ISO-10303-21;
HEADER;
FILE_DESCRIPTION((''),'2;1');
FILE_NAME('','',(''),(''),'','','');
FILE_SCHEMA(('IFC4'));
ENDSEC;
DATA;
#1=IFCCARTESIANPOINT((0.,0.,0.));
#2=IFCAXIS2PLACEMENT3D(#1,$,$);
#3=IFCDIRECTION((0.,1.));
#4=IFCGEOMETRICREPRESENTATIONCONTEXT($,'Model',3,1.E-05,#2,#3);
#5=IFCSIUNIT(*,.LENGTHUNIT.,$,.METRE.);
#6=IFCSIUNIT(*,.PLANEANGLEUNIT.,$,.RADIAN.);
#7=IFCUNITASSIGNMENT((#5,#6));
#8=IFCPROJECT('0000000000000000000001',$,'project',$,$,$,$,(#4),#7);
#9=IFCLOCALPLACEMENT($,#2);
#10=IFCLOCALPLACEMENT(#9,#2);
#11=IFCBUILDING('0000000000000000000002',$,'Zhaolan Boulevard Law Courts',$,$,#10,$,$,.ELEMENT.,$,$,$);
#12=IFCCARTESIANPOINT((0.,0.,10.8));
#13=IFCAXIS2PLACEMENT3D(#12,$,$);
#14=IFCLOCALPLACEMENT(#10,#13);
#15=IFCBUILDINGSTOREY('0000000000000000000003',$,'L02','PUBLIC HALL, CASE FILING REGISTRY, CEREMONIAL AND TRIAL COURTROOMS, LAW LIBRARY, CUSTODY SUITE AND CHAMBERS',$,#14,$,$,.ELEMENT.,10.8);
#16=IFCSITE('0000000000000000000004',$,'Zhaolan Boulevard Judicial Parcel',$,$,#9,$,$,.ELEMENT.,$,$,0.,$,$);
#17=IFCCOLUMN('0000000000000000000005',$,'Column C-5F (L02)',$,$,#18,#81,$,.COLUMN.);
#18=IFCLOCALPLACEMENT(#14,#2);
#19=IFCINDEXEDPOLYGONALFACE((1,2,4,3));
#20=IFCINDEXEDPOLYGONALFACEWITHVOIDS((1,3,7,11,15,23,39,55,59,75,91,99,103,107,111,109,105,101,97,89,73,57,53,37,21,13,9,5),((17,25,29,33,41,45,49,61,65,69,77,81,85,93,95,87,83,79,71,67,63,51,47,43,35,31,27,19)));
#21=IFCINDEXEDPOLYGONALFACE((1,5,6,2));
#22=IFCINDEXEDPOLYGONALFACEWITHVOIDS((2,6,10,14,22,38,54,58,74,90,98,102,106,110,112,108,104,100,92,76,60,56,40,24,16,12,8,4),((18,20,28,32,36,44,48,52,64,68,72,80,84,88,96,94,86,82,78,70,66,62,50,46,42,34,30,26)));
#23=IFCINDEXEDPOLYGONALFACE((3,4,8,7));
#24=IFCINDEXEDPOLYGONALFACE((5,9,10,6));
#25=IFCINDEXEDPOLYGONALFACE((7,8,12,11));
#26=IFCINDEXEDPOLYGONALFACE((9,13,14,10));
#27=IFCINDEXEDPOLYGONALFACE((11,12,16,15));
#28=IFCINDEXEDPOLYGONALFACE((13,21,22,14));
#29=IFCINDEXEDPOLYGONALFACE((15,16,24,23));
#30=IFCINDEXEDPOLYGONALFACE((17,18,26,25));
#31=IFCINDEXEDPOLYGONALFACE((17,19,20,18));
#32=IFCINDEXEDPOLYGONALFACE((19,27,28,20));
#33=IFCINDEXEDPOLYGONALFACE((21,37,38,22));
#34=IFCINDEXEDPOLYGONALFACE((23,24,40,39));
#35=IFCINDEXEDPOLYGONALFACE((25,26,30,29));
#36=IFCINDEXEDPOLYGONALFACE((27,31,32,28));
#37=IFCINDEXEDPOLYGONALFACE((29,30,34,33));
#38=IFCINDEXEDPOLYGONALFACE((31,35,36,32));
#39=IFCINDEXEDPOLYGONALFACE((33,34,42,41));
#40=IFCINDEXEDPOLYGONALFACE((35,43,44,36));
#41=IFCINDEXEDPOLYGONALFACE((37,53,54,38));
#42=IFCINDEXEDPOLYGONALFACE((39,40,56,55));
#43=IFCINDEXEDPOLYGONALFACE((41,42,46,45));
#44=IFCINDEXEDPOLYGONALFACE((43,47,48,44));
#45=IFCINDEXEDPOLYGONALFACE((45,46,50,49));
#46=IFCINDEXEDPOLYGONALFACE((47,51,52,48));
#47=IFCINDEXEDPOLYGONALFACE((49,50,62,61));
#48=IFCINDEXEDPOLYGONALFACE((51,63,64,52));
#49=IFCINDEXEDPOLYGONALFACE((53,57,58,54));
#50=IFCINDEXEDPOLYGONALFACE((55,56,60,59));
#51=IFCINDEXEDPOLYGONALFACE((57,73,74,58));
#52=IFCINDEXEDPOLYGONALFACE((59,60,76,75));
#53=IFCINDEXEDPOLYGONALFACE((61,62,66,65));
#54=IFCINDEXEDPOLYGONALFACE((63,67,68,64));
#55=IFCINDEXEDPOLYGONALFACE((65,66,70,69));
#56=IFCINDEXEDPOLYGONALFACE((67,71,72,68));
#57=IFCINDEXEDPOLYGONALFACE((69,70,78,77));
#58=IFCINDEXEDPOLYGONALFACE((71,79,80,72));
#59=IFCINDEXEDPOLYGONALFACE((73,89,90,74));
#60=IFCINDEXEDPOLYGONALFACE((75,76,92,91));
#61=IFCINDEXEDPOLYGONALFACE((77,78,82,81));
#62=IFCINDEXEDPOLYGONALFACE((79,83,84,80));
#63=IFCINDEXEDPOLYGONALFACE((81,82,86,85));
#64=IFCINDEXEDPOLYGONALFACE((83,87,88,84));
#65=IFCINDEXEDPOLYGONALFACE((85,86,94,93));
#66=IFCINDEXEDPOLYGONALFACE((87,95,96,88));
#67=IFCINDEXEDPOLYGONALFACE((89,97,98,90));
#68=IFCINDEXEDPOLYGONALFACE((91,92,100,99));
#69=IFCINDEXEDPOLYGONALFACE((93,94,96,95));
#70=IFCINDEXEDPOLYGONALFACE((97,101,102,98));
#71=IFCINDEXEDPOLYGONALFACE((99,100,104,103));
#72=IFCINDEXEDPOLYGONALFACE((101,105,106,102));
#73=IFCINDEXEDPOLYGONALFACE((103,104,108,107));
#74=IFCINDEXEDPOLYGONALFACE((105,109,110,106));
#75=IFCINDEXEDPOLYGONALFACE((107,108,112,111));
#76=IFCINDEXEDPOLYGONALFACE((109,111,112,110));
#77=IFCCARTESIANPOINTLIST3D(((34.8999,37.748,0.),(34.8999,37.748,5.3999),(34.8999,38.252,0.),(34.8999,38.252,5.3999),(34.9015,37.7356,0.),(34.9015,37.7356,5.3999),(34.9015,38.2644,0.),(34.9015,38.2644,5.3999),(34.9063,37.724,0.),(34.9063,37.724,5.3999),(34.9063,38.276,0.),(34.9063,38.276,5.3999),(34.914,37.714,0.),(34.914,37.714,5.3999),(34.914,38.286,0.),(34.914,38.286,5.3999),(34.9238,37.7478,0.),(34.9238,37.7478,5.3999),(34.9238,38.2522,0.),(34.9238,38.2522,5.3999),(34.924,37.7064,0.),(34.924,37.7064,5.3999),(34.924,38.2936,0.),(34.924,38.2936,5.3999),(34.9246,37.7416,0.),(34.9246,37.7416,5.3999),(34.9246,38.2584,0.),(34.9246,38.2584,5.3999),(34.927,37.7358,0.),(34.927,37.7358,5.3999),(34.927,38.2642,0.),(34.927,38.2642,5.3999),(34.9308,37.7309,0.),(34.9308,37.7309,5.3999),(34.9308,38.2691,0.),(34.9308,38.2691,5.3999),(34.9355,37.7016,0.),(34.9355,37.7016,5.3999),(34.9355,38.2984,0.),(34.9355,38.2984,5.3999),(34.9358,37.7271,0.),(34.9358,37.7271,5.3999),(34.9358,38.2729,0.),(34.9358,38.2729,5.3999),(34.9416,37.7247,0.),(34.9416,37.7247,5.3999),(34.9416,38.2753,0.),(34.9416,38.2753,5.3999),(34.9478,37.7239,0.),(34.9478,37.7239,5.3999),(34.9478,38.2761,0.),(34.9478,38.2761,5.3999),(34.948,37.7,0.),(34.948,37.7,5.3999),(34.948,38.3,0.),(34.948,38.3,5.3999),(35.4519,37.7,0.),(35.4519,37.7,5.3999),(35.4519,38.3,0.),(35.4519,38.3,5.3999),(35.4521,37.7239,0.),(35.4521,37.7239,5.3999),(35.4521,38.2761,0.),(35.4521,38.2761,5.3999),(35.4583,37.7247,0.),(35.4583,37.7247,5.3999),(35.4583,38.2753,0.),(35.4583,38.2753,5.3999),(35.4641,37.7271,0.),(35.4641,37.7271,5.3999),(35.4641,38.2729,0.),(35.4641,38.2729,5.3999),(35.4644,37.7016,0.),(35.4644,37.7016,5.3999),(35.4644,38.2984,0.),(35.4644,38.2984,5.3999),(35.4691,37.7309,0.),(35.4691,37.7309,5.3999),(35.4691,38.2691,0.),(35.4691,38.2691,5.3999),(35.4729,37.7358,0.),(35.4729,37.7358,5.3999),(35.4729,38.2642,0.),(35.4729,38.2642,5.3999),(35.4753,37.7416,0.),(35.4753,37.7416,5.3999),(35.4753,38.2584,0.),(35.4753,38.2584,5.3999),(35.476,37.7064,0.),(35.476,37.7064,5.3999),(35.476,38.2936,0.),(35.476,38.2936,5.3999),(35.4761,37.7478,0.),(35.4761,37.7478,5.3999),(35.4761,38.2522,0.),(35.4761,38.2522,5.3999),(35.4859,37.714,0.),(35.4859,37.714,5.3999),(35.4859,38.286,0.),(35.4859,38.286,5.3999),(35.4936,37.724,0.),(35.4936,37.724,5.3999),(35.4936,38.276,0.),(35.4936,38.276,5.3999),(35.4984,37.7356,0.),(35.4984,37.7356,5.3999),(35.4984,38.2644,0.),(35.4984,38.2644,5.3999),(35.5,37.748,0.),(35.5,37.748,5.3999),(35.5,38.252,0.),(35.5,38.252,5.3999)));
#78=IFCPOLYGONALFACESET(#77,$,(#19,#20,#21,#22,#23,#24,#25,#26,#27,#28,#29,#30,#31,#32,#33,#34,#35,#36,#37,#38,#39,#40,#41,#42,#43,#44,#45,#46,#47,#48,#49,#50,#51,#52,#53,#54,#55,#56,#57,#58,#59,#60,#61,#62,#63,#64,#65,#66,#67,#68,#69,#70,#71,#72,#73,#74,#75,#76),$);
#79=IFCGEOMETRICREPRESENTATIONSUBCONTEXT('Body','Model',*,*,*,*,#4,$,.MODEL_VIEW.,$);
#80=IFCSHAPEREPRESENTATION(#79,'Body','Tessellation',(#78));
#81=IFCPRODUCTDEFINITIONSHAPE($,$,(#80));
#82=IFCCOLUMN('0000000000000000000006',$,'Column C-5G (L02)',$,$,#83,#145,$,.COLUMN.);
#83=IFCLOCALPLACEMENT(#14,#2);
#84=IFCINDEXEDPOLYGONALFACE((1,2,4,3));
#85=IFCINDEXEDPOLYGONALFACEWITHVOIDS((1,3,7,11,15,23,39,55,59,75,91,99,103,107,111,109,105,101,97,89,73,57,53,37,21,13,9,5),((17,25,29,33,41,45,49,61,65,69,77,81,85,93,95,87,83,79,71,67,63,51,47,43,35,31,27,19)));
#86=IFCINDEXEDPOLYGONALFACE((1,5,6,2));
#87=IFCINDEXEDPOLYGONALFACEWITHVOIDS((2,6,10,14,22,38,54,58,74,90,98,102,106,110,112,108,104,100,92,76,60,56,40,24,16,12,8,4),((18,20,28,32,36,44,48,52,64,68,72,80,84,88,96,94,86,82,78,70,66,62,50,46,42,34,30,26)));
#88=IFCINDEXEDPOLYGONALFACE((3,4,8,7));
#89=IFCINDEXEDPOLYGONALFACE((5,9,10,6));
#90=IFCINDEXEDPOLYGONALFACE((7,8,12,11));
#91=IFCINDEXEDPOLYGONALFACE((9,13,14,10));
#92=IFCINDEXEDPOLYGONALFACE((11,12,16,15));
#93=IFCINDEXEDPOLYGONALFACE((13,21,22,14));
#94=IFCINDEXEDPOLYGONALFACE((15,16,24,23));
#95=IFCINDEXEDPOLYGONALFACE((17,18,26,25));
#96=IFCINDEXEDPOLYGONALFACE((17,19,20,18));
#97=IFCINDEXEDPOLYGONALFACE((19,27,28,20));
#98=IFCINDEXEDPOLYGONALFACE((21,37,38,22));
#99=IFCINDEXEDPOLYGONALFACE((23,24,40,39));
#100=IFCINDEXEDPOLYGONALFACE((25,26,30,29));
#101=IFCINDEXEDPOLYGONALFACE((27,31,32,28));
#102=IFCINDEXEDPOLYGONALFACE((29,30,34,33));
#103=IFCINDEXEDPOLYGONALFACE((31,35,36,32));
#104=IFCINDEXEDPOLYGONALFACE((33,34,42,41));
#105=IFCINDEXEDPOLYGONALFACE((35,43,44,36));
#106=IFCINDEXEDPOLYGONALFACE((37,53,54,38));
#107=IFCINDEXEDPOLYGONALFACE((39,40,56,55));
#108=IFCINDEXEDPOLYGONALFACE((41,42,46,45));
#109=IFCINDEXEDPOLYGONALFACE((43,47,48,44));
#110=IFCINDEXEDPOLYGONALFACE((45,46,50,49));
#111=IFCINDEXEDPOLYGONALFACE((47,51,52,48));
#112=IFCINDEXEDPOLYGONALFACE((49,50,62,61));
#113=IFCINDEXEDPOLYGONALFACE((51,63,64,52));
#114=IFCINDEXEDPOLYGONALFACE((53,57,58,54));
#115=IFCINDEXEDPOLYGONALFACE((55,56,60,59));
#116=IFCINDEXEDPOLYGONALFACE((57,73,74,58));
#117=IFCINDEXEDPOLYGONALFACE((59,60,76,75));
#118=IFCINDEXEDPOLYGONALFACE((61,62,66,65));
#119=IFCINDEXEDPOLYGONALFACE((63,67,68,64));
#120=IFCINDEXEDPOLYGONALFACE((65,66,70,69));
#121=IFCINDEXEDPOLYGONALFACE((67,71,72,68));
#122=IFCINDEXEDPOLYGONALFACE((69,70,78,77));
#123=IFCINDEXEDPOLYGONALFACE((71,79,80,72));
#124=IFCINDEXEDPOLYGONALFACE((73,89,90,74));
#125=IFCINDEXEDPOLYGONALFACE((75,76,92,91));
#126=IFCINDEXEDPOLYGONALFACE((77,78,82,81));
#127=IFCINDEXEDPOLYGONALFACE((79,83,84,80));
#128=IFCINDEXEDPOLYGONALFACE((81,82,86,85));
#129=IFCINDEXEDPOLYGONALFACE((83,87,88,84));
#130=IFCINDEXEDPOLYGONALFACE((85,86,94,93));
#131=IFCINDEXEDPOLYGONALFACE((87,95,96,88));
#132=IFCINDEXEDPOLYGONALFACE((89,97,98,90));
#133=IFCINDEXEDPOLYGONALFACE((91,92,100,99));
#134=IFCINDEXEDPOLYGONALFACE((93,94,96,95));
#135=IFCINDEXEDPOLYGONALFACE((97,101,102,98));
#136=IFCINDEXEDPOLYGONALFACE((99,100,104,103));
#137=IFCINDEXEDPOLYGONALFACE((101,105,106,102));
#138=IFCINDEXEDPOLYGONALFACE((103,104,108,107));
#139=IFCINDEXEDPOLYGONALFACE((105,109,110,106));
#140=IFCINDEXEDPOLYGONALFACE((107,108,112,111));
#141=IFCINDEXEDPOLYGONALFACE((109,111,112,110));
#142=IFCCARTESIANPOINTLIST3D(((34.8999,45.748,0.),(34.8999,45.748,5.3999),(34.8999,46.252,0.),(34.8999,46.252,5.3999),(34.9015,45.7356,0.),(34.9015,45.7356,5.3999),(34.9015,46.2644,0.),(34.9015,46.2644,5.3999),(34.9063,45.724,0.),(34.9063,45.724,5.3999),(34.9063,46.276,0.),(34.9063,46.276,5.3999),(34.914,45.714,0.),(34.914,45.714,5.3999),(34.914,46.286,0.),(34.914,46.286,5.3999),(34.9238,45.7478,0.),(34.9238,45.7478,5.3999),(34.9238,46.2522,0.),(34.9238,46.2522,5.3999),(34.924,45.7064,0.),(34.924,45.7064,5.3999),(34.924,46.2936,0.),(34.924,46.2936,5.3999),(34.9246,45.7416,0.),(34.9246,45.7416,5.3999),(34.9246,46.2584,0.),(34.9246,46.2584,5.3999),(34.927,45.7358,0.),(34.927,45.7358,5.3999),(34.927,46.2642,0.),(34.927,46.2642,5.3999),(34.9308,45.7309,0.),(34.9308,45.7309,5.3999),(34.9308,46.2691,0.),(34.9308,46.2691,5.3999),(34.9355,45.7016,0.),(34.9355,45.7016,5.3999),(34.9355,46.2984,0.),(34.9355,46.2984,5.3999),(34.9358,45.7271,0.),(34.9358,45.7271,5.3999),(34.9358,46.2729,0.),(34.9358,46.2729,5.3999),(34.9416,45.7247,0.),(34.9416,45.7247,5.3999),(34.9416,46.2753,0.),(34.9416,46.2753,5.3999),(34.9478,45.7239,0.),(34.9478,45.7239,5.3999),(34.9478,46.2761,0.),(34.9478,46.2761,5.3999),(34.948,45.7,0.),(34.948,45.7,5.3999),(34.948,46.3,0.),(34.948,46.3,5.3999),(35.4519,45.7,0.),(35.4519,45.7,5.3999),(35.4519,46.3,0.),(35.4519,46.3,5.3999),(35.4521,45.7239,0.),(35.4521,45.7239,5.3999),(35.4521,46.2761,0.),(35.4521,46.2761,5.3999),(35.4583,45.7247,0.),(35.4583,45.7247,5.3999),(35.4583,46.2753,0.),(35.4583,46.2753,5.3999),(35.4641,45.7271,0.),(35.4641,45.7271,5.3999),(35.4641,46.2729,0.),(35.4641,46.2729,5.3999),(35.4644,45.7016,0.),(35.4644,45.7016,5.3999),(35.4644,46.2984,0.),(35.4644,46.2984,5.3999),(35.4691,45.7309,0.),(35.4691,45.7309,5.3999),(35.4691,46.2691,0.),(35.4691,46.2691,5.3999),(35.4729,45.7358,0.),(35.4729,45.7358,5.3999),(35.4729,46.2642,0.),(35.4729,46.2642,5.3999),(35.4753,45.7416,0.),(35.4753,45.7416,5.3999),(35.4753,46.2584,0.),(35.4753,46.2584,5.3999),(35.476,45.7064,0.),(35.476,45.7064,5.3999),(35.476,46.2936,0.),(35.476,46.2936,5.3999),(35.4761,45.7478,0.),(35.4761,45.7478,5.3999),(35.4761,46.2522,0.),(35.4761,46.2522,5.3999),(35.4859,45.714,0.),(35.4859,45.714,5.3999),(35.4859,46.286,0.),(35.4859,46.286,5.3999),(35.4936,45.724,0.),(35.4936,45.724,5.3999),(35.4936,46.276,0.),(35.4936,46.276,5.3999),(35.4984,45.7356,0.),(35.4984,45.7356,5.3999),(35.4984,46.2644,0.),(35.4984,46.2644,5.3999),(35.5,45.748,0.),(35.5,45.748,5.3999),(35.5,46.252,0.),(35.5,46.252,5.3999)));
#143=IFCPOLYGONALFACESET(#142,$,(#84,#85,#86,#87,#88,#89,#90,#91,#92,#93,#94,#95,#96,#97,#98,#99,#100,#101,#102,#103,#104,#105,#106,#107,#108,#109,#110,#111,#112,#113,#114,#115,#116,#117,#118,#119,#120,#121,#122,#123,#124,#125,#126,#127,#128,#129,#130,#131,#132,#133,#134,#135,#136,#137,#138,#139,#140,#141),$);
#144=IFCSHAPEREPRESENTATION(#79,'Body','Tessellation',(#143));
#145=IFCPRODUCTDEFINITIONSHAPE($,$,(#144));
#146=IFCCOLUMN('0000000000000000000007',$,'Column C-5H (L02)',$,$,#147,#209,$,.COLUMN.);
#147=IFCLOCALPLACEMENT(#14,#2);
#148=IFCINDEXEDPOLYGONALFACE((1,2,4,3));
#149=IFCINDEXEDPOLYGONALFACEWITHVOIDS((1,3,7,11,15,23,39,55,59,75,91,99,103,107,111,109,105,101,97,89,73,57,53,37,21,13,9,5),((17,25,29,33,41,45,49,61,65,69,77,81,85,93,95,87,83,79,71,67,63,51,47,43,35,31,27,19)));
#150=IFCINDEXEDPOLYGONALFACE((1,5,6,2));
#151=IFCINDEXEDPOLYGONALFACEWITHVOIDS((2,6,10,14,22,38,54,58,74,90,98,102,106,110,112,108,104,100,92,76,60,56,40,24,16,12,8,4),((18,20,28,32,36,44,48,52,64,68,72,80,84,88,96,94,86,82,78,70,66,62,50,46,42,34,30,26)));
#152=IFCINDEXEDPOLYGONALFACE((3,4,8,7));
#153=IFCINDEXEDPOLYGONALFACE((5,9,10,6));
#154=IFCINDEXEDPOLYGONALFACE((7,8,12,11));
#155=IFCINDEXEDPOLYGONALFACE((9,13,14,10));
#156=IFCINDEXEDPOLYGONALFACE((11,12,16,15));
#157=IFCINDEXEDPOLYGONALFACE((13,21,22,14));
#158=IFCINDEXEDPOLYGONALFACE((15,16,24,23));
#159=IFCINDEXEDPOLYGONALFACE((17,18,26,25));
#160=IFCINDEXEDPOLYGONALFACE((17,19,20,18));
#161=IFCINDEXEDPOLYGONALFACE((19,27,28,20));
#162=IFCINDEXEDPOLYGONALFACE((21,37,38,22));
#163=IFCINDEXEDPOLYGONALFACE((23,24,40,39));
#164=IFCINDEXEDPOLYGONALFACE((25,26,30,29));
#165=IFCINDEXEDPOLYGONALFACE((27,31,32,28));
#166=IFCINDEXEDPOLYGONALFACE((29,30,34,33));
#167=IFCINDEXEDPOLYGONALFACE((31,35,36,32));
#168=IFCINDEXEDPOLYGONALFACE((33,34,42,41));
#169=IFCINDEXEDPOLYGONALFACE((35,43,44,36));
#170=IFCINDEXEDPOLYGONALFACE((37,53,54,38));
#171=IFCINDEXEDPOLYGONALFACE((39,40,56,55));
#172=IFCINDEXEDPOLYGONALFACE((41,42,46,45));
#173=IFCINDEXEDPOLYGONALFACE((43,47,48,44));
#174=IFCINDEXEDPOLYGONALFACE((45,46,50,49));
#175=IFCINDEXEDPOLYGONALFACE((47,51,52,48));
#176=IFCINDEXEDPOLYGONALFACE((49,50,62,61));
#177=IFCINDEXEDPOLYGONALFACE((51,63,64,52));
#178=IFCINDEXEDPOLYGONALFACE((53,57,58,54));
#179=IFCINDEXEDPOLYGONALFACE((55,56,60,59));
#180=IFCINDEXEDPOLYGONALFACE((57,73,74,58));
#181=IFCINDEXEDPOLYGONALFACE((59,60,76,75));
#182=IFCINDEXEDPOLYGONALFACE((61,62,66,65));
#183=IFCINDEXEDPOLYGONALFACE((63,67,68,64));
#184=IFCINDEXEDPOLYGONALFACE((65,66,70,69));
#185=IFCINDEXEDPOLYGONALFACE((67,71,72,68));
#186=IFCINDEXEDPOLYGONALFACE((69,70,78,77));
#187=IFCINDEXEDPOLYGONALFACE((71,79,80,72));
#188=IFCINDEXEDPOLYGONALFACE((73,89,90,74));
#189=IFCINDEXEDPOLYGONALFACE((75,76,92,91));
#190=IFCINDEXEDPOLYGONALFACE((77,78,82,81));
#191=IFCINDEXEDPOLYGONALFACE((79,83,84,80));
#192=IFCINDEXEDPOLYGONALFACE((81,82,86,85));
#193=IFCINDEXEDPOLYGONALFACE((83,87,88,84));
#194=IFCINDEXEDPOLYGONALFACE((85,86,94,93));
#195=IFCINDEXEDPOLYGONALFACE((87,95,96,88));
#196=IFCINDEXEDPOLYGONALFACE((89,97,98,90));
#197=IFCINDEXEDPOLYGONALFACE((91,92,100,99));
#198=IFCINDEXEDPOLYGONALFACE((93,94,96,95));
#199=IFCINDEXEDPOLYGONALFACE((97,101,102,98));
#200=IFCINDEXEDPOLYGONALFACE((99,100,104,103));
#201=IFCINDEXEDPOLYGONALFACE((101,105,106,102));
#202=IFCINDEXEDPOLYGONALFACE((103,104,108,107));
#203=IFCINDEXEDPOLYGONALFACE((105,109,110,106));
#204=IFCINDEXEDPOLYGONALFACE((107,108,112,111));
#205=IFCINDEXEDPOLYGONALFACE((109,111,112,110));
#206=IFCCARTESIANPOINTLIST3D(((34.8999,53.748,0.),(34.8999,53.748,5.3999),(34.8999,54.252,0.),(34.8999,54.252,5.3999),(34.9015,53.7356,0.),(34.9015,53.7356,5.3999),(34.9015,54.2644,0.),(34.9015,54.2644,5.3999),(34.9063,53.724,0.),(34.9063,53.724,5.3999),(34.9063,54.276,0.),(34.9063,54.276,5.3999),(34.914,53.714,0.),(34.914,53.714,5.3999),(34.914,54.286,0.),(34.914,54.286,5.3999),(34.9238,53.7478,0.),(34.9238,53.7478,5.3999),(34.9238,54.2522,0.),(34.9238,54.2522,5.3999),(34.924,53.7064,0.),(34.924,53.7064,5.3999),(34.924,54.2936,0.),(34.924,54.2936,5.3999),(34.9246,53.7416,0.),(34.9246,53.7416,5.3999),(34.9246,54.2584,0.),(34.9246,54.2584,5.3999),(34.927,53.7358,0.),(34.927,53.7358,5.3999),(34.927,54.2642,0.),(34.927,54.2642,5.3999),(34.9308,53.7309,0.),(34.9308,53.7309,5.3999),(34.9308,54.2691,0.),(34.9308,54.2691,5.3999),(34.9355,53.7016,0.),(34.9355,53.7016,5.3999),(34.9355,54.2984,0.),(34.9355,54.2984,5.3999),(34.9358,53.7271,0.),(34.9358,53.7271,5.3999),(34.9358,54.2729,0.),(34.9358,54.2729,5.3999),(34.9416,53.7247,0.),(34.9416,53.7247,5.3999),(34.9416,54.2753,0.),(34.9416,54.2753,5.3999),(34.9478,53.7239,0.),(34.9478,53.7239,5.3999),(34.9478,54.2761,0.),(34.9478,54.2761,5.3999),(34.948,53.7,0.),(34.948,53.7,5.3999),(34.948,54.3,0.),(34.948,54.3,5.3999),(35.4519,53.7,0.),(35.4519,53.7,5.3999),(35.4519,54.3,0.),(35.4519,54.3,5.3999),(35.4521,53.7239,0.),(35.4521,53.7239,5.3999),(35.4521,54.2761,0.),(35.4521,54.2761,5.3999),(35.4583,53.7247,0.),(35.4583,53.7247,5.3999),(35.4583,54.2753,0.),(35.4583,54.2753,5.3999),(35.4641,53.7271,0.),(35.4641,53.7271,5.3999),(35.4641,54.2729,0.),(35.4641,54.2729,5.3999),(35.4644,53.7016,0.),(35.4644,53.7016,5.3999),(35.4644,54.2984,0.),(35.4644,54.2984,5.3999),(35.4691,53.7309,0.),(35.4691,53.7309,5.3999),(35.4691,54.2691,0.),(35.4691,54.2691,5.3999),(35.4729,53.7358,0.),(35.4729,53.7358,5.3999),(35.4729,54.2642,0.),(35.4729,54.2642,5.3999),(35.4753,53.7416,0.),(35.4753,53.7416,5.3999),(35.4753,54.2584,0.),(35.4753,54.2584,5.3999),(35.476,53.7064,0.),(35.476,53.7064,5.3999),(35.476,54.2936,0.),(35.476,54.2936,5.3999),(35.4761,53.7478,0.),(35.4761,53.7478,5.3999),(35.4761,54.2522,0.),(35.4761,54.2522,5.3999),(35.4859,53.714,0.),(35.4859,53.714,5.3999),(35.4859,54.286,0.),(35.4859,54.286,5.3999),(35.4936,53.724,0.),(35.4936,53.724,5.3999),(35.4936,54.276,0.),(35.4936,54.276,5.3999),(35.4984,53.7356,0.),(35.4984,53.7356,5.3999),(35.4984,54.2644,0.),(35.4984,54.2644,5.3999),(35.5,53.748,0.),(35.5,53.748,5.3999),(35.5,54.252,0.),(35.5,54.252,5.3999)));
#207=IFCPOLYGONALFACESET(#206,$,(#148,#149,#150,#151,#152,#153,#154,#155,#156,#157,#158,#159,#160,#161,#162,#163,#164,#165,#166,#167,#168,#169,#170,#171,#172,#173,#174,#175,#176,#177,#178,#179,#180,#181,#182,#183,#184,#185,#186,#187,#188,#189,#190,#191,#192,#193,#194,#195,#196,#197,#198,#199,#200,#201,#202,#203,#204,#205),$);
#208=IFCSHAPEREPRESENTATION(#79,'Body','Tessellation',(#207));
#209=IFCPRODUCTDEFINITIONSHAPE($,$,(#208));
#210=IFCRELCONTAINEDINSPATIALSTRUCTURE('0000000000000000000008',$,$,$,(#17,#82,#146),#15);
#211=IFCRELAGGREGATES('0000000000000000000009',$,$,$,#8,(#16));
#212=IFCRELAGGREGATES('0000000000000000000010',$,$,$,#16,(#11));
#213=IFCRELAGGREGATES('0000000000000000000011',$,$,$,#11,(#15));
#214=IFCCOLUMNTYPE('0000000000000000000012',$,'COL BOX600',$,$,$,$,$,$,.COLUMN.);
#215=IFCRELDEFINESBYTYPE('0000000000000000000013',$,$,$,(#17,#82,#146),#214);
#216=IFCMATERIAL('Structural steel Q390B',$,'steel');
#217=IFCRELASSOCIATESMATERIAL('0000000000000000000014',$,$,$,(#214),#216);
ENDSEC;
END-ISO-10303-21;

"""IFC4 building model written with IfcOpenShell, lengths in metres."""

from ifc_helpers import new_model, si_unit, direction, frame, origin, origin_2d, place, context, subcontext, project, spatial, hollow_rectangle, extrude, material, material_profile, profile_set, type_object, element, save


model = new_model("IFC4")

# Units and contexts
model_context = context("Model", 3, precision=1e-05, world=origin(), true_north=direction((0.0, 1.0)))
body_context = subcontext(model_context, "Body", "Model", "MODEL_VIEW")
ifc_project = project(units=[si_unit("LENGTHUNIT", "METRE"), si_unit("PLANEANGLEUNIT", "RADIAN")], contexts=[model_context])

# Site, building, storey
site_placement = place(None, origin())
site = spatial("IfcSite", under=ifc_project, at=site_placement, Name="Zhaolan Boulevard Judicial Parcel", CompositionType="ELEMENT", RefElevation=0.0)
building_placement = place(site_placement, origin())
building = spatial("IfcBuilding", under=site, at=building_placement, Name="Zhaolan Boulevard Law Courts", CompositionType="ELEMENT")
storey_placement = place(building_placement, frame((0.0, 0.0, 10.8)))
storey = spatial("IfcBuildingStorey", under=building, at=storey_placement, Name="L02", Description="PUBLIC HALL, CASE FILING REGISTRY, CEREMONIAL AND TRIAL COURTROOMS, LAW LIBRARY, CUSTODY SUITE AND CHAMBERS", CompositionType="ELEMENT", Elevation=10.8)

# Columns
ifc_material_1 = material(Name="Structural steel Q390B", Category="steel")
ifc_material_profile_1 = material_profile(ifc_material_1, hollow_rectangle(XDim=0.6001, YDim=0.6001, WallThickness=0.0239, InnerFilletRadius=0.0239, OuterFilletRadius=0.0481, at=origin_2d()), Name="BOX600x600x24")
ifc_profile_set_1 = profile_set([ifc_material_profile_1], Name="Structural steel Q390B")
column_type = type_object("IfcColumnType", Name="COL BOX600", PredefinedType="COLUMN", material=ifc_profile_set_1)
for number, where, z_axis, x_axis, name in (
    (1, (35.2, 38.0, 0.0), (0.0, 0.0, 1.0), (1.0, 0.0, 0.0), "Column C-5F (L02)"),
    (2, (35.2, 46.0, 0.0), (0.0, 0.0, 1.0), (1.0, 0.0, 0.0), "Column C-5G (L02)"),
    (3, (35.2, 54.0, 0.0), (0.0, 0.0, 1.0), (1.0, 0.0, 0.0), "Column C-5H (L02)"),
):
    element("IfcColumn", number, at=place(storey_placement, frame(where, z_axis=z_axis, x_axis=x_axis)), inside=storey, type_object=column_type, Name=name, PredefinedType="COLUMN", context=body_context, shape_type="SweptSolid", body=[
        extrude(hollow_rectangle(XDim=0.6001, YDim=0.6001, WallThickness=0.0239, InnerFilletRadius=0.0239, OuterFilletRadius=0.0481, at=origin_2d()), origin(), (0.0, 0.0, 1.0), 5.3999),
    ])

save(model, "model.ifc")
